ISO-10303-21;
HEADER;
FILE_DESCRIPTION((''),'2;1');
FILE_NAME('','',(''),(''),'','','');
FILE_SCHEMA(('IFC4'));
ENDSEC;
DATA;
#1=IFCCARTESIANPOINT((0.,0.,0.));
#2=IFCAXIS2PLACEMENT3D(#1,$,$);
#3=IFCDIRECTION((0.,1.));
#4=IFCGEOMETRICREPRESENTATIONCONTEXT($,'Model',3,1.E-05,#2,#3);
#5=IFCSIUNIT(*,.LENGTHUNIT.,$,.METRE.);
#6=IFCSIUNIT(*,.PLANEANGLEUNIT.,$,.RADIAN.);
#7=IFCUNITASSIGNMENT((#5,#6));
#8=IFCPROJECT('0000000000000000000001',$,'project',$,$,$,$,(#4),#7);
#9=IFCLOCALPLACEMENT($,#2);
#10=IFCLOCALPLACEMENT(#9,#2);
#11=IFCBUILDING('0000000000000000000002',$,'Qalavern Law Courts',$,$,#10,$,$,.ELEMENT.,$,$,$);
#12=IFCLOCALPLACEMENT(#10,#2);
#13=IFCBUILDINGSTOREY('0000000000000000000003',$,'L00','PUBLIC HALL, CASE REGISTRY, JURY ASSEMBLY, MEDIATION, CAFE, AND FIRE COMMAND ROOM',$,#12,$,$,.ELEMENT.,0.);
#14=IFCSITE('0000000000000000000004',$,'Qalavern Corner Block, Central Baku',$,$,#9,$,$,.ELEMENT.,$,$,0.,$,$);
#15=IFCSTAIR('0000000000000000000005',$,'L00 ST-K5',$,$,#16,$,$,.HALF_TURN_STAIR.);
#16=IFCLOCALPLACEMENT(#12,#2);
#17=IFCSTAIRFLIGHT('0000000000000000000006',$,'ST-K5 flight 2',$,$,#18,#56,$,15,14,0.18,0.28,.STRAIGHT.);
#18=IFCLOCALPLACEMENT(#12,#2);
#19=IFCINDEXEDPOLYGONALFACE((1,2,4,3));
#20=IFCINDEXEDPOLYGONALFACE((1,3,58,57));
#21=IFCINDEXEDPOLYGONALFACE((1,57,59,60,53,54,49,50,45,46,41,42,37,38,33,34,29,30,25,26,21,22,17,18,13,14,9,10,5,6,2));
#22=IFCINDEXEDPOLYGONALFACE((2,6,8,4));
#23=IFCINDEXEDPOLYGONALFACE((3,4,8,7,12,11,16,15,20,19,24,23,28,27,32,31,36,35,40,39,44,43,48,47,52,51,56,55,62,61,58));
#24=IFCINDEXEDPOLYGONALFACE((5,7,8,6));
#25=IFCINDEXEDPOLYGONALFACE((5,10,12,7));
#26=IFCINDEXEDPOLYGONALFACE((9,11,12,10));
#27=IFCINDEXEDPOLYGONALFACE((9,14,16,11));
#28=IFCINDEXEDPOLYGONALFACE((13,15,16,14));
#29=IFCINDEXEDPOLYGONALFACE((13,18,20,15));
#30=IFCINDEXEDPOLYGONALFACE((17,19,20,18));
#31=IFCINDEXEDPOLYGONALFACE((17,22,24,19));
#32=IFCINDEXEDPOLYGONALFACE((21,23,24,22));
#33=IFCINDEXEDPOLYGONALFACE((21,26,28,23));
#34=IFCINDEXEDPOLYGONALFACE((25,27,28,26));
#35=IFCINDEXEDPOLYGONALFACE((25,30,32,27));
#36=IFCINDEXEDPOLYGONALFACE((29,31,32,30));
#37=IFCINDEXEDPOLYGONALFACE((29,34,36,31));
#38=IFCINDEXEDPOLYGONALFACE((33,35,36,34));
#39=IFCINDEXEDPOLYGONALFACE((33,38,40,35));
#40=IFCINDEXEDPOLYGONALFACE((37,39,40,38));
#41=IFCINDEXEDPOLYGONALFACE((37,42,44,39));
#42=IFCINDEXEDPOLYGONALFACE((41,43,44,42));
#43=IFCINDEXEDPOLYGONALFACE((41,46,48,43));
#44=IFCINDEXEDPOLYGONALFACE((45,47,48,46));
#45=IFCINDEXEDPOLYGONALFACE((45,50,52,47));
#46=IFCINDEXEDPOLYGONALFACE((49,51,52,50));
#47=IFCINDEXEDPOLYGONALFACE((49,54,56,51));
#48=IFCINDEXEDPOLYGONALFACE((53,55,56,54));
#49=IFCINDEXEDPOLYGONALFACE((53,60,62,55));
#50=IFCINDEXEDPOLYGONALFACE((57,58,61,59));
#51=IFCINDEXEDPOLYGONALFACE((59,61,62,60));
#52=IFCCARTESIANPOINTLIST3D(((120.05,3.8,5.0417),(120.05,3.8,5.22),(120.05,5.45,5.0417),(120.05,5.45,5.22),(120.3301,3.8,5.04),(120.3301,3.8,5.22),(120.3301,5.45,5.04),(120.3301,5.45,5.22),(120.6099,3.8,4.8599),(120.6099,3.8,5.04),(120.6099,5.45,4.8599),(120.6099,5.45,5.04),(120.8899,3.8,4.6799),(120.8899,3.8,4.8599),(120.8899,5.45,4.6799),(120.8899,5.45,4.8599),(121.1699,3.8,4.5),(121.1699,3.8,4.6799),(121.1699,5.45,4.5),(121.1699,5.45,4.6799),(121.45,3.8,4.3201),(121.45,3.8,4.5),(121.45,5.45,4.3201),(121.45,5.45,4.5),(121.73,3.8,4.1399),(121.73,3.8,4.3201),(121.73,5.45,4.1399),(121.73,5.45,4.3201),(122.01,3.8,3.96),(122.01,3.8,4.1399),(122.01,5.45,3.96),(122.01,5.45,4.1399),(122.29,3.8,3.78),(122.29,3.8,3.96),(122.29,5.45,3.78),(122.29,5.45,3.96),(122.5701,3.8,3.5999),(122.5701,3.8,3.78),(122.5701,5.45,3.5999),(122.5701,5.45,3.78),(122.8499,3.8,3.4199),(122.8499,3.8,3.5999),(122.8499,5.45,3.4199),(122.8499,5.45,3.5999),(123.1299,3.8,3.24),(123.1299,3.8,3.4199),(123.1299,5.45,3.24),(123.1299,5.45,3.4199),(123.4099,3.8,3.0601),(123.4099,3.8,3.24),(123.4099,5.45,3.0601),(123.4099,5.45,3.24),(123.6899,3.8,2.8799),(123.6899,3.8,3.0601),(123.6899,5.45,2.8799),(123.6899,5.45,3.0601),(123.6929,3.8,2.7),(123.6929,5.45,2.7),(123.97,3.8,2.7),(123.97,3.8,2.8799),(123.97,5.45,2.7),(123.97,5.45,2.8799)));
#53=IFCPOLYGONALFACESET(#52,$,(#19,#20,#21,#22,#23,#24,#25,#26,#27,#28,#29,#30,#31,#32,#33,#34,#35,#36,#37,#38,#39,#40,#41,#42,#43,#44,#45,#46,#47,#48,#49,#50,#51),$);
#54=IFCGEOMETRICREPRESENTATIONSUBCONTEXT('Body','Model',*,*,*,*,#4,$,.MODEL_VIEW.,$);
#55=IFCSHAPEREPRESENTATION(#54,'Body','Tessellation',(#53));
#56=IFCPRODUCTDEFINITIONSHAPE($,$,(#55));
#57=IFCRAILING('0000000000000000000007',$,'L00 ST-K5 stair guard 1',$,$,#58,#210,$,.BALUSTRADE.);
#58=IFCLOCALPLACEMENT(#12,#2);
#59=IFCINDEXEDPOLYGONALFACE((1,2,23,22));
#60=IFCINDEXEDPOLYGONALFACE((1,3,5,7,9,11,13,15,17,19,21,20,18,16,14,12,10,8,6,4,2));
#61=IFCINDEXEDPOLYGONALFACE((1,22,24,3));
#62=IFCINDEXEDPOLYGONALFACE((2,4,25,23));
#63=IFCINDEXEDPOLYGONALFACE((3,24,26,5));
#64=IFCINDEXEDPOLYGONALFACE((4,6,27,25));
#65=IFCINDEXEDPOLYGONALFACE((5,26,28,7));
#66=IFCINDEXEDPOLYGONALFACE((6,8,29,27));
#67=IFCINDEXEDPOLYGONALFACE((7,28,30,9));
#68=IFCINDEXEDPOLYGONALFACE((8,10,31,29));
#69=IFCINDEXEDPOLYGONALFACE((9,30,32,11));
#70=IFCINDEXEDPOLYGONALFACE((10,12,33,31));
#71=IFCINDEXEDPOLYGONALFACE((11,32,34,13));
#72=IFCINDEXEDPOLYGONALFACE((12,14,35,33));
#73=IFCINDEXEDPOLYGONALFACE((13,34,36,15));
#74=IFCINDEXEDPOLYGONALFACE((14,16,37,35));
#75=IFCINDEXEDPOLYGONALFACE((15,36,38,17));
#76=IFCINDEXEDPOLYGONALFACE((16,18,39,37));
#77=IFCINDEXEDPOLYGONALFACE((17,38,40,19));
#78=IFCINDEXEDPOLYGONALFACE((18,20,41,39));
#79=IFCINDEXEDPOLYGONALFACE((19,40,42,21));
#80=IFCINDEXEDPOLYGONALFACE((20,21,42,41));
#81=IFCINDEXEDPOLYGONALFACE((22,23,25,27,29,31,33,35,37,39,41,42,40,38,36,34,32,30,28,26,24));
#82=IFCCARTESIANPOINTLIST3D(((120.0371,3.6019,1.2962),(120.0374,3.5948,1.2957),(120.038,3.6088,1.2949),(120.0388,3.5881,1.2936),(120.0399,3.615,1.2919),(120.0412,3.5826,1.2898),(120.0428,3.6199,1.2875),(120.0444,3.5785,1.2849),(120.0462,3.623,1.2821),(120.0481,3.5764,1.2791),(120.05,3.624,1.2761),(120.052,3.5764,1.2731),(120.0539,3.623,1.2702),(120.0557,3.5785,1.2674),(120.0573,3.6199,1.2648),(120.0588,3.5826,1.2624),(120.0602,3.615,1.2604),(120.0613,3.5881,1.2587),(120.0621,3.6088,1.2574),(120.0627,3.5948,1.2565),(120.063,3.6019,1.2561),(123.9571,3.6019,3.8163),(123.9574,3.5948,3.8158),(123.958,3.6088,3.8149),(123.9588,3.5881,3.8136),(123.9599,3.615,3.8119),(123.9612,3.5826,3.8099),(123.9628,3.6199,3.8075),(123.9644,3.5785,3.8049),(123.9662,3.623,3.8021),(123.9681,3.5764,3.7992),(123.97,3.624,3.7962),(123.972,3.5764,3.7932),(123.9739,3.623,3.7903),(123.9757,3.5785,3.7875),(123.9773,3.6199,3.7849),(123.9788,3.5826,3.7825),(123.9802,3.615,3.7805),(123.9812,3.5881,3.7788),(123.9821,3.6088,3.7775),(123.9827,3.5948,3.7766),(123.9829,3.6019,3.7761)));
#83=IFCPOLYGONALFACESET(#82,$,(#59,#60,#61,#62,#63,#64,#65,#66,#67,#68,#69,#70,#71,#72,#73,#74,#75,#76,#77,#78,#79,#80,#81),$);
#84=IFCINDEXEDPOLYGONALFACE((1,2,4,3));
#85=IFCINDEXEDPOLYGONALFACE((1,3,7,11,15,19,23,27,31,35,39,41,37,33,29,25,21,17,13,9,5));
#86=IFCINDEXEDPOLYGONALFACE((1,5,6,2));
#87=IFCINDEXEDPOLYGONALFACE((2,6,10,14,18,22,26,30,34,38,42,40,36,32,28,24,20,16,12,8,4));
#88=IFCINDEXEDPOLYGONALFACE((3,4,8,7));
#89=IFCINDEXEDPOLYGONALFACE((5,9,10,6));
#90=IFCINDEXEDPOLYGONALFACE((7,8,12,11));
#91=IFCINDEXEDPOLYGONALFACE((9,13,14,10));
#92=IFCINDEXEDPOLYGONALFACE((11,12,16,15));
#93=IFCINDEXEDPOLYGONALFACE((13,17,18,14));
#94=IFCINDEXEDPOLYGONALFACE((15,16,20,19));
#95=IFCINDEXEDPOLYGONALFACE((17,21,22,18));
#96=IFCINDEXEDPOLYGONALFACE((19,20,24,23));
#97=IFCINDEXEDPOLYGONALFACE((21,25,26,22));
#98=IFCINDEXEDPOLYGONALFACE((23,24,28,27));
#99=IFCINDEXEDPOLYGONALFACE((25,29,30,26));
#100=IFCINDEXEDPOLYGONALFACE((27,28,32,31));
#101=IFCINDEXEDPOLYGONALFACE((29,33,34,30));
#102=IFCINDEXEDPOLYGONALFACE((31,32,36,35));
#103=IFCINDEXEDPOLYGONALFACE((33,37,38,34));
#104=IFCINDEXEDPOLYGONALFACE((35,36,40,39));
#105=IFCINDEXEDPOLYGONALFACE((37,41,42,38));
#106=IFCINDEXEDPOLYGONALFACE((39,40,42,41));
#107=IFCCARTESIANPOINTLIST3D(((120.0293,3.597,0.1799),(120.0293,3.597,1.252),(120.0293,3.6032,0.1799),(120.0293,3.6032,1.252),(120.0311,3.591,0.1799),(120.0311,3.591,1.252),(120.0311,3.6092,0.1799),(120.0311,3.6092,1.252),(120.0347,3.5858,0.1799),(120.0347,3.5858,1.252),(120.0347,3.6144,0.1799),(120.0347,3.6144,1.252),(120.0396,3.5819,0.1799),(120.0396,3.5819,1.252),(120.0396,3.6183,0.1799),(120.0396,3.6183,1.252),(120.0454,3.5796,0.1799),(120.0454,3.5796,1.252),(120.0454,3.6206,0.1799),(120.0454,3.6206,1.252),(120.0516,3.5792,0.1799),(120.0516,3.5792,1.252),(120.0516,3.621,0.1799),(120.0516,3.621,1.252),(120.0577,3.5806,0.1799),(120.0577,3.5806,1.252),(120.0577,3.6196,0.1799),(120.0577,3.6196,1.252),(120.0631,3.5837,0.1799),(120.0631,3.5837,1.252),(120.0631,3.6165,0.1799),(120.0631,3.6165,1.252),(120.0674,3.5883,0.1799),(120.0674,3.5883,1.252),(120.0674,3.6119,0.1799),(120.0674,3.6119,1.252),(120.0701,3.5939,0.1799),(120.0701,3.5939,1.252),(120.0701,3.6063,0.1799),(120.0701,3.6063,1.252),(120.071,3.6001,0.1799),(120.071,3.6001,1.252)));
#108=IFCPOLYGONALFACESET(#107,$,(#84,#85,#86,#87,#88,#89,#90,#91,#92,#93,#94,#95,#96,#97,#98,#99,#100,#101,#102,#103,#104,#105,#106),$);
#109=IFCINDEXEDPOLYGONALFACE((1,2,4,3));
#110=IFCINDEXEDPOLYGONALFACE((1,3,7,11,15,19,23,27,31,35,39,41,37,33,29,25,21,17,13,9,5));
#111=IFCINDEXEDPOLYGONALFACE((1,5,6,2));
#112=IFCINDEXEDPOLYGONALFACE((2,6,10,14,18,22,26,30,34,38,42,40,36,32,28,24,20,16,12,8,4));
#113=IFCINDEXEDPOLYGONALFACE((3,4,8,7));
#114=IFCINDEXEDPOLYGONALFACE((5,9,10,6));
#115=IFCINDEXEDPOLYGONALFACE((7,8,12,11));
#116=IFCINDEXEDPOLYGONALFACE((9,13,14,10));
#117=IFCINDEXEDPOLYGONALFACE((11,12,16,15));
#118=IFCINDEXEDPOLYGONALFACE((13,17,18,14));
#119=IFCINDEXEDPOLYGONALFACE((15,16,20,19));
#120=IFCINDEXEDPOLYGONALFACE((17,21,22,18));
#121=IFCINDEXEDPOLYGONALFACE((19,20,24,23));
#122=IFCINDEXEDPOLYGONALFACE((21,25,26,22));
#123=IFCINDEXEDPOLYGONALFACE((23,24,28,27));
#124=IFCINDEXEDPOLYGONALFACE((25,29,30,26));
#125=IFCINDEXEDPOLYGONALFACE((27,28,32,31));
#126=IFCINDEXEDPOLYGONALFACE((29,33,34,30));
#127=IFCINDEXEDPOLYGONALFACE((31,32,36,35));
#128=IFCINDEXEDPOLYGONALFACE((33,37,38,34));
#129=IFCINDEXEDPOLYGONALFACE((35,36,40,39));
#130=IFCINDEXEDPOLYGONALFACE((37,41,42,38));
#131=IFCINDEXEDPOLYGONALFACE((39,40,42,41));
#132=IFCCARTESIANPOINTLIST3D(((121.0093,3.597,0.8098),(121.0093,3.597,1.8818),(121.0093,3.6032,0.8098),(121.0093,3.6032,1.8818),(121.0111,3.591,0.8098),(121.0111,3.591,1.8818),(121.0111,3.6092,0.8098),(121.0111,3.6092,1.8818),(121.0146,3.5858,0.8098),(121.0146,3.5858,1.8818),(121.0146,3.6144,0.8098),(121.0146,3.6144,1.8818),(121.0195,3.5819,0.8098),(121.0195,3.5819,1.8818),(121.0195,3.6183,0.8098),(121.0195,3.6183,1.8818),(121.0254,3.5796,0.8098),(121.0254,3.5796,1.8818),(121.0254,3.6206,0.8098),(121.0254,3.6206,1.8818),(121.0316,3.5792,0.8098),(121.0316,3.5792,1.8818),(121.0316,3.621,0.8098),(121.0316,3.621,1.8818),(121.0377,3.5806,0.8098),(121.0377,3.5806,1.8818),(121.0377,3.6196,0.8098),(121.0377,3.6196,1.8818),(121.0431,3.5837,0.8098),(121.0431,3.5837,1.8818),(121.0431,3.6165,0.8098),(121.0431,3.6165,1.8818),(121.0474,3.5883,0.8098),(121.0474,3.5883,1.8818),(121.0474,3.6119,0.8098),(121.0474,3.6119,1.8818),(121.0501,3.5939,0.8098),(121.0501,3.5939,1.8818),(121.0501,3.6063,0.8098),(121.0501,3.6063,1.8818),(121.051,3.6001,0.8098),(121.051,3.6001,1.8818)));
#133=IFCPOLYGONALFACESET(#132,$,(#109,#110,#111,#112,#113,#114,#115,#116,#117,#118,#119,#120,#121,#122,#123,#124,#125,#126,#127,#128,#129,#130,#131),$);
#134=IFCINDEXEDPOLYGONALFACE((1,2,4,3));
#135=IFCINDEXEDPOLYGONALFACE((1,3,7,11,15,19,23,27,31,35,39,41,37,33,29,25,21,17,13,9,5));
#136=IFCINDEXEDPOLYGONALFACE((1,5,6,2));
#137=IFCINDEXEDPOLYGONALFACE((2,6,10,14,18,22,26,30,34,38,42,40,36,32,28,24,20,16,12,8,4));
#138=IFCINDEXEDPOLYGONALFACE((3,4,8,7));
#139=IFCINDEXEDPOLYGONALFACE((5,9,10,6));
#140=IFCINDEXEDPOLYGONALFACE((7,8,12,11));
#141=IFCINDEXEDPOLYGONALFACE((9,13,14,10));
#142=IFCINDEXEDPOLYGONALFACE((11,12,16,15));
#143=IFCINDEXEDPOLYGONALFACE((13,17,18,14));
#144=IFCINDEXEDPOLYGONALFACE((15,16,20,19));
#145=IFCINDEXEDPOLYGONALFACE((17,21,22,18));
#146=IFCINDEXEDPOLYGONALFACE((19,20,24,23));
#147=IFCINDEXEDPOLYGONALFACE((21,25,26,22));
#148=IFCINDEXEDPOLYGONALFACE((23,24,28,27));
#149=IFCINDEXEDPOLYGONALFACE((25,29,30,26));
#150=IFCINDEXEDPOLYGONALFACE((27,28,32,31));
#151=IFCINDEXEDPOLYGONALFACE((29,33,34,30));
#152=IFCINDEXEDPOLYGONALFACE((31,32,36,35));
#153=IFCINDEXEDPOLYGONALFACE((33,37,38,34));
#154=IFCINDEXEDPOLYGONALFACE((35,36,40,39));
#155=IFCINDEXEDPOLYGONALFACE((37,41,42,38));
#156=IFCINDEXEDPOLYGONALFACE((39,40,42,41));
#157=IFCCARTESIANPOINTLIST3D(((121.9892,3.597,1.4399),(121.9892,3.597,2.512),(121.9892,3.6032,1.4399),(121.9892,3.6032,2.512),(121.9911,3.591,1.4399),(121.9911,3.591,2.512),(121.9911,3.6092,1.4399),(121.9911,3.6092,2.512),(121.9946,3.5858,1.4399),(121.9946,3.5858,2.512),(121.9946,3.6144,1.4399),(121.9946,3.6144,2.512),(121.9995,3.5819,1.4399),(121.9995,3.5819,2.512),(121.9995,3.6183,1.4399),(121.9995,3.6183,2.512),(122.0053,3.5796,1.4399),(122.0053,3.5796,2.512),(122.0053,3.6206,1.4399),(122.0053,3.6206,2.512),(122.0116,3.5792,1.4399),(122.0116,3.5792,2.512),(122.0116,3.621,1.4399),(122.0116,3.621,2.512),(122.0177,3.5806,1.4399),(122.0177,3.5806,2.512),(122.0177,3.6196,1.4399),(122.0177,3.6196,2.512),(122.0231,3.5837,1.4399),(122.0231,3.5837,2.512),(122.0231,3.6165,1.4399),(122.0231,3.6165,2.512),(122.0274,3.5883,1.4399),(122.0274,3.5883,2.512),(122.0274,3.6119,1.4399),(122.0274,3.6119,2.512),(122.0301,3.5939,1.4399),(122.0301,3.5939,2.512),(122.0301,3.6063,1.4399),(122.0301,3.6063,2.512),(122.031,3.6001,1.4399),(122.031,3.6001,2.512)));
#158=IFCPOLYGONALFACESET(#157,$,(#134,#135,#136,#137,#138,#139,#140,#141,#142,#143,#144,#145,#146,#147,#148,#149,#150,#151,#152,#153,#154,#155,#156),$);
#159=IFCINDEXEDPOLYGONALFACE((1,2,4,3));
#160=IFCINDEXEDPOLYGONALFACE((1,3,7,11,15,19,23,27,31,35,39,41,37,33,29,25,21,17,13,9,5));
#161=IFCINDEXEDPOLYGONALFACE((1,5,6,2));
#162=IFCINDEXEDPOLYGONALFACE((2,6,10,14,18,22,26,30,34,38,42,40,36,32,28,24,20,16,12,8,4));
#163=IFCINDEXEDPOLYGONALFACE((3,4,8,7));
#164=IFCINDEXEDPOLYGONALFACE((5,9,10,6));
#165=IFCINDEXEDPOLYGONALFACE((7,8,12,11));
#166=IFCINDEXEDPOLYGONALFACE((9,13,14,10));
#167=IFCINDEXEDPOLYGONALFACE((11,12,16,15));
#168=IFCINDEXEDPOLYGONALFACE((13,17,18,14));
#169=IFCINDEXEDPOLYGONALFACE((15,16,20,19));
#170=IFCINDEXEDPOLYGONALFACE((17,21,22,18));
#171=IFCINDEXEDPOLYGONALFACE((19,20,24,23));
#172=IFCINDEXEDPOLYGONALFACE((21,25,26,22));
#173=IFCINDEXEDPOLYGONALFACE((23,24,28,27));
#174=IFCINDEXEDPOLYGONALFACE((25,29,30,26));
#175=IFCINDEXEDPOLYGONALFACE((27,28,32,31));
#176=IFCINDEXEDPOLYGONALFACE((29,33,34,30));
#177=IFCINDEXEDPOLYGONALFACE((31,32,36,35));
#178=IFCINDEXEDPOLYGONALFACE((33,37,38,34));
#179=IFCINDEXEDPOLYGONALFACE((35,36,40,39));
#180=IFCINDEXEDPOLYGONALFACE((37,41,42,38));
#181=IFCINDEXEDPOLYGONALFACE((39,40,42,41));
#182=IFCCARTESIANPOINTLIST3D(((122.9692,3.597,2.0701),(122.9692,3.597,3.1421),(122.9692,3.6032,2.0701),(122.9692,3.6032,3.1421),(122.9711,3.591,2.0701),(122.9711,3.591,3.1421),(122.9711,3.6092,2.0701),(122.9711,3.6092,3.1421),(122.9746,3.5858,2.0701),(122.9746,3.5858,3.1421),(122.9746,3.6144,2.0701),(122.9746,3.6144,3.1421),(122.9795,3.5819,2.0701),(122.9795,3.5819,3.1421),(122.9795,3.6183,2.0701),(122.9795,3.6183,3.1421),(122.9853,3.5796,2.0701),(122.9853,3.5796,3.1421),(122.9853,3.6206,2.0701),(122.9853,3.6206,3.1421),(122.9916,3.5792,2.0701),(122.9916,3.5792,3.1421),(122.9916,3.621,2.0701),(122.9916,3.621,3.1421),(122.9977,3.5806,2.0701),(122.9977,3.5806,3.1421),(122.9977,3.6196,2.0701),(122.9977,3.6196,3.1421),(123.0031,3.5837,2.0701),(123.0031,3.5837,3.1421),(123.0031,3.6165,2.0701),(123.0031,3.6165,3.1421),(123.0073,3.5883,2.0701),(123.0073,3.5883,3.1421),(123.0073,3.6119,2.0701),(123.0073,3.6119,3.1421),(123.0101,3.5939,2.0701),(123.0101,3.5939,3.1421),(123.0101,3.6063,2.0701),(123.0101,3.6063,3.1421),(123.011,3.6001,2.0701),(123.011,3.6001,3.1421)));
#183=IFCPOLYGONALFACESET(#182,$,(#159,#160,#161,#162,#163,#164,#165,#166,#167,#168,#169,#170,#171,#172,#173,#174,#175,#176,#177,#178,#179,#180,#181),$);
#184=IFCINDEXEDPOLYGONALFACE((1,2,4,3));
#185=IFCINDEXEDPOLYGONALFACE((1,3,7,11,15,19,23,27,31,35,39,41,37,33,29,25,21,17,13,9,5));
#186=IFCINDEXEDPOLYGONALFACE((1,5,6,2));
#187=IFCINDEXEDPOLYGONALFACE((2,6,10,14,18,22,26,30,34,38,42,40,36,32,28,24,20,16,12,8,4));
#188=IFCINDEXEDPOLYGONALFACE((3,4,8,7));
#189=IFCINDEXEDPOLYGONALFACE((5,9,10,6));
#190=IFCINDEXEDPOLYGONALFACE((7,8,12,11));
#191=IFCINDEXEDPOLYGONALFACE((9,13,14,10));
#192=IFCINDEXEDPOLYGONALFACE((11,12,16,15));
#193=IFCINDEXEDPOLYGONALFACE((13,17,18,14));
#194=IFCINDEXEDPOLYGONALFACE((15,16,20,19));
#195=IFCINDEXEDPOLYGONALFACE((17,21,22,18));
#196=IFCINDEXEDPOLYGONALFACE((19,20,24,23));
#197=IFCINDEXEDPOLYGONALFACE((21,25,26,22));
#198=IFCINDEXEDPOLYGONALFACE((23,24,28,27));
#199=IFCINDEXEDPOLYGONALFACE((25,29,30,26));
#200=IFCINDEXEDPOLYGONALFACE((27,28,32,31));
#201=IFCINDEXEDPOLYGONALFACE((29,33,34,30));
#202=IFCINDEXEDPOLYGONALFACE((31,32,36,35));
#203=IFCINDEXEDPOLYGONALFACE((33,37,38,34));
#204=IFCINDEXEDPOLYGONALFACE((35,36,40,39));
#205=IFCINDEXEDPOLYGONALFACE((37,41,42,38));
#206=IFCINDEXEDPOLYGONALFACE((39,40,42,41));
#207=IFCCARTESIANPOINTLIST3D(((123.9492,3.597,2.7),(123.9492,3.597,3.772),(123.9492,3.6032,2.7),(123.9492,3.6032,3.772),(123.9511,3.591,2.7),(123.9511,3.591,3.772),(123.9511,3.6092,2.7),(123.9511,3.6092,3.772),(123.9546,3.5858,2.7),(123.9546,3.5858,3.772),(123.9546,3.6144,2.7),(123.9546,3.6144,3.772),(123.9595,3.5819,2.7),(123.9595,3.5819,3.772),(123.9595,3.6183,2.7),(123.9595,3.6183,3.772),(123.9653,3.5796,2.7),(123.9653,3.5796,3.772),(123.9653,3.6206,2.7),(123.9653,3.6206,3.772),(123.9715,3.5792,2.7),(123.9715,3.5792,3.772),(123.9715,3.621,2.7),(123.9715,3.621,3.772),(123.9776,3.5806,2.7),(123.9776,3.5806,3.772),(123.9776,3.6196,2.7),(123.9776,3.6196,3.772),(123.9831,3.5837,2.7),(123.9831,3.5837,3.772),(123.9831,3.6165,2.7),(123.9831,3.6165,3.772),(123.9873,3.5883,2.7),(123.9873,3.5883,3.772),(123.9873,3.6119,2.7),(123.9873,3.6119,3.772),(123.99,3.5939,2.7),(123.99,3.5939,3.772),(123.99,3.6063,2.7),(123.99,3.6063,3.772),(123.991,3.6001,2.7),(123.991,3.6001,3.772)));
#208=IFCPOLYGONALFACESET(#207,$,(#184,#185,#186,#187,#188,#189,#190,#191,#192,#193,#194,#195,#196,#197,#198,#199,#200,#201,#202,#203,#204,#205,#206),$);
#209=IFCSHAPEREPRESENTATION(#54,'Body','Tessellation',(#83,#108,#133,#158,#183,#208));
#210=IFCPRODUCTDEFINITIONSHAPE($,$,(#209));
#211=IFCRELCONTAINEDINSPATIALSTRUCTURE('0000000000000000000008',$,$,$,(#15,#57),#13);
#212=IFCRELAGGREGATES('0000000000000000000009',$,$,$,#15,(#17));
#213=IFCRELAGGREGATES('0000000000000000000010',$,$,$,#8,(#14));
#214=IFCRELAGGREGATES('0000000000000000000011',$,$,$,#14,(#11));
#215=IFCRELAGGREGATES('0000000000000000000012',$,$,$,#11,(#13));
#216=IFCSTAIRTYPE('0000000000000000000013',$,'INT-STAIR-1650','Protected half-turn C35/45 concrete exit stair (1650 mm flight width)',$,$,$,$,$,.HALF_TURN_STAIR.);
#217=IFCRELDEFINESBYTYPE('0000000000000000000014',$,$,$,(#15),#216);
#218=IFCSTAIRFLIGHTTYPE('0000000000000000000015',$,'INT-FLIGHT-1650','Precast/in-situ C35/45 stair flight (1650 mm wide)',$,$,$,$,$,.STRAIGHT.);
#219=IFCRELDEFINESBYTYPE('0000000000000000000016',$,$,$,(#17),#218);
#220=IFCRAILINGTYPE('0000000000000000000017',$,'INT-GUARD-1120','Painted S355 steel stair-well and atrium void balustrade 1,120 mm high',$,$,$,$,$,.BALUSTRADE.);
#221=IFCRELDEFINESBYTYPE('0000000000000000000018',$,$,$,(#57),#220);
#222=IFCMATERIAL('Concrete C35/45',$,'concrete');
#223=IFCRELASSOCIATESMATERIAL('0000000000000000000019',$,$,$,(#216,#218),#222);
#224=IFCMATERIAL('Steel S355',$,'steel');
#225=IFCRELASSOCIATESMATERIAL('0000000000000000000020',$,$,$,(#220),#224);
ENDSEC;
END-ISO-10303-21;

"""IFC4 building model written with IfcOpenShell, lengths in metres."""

from ifc_helpers import new_model, si_unit, direction, frame, origin, origin_2d, place, context, subcontext, project, spatial, polyline, circle, outline, extrude, material, type_object, element, aggregate, save


model = new_model("IFC4")

# Units and contexts
model_context = context("Model", 3, precision=1e-05, world=origin(), true_north=direction((0.0, 1.0)))
body_context = subcontext(model_context, "Body", "Model", "MODEL_VIEW")
ifc_project = project(units=[si_unit("LENGTHUNIT", "METRE"), si_unit("PLANEANGLEUNIT", "RADIAN")], contexts=[model_context])

# Site, building, storey
site_placement = place(None, origin())
site = spatial("IfcSite", under=ifc_project, at=site_placement, Name="Qalavern Corner Block, Central Baku", CompositionType="ELEMENT", RefElevation=0.0)
building_placement = place(site_placement, origin())
building = spatial("IfcBuilding", under=site, at=building_placement, Name="Qalavern Law Courts", CompositionType="ELEMENT")
storey_placement = place(building_placement, origin())
storey = spatial("IfcBuildingStorey", under=building, at=storey_placement, Name="L00", Description="PUBLIC HALL, CASE REGISTRY, JURY ASSEMBLY, MEDIATION, CAFE, AND FIRE COMMAND ROOM", CompositionType="ELEMENT", Elevation=0.0)

# Shared definitions
ifc_material_1 = material(Name="Steel S355", Category="steel")

# Stair, stair flight
ifc_material_2 = material(Name="Concrete C35/45", Category="concrete")
stair_type = type_object("IfcStairType", Name="INT-STAIR-1650", Description="Protected half-turn C35/45 concrete exit stair (1650 mm flight width)", PredefinedType="HALF_TURN_STAIR", material=ifc_material_2)
stair_placement = place(storey_placement, origin())
stair = element("IfcStair", 1, at=stair_placement, inside=storey, type_object=stair_type, Name="L00 ST-K5", PredefinedType="HALF_TURN_STAIR")
stair_flight_type = type_object("IfcStairFlightType", Name="INT-FLIGHT-1650", Description="Precast/in-situ C35/45 stair flight (1650 mm wide)", PredefinedType="STRAIGHT", material=ifc_material_2)
stair_flight_1_placement = place(storey_placement, frame((123.97, 4.625, 2.7), z_axis=(0.0, 0.0, 1.0), x_axis=(-1.0, 0.0, 0.0)))
stair_flight_1 = element("IfcStairFlight", 2, at=stair_flight_1_placement, type_object=stair_flight_type, Name="ST-K5 flight 2", NumberOfRisers=15, NumberOfTreads=14, PredefinedType="STRAIGHT", RiserHeight=0.18, TreadLength=0.28, context=body_context, shape_type="SweptSolid", body=[
    extrude(outline(polyline([(0.0, 0.0), (0.0, 0.1799), (0.28, 0.1799), (0.28, 0.3601), (0.5601, 0.3601), (0.5601, 0.54), (0.8401, 0.54), (0.8401, 0.72), (1.1201, 0.72), (1.1201, 0.8999), (1.3999, 0.8999), (1.3999, 1.0801), (1.6799, 1.0801), (1.6799, 1.26), (1.96, 1.26), (1.96, 1.4399), (2.24, 1.4399), (2.24, 1.6201), (2.52, 1.6201), (2.52, 1.8), (2.8, 1.8), (2.8, 1.98), (3.0801, 1.98), (3.0801, 2.1599), (3.3601, 2.1599), (3.3601, 2.3401), (3.6399, 2.3401), (3.6399, 2.52), (3.9199, 2.52), (3.9199, 2.7), (3.9199, 2.3418), (0.2771, 0.0), (0.0, 0.0)])), frame((0.0, 0.825, 0.0), z_axis=(0.0, -1.0, 0.0), x_axis=(1.0, 0.0, 0.0)), (0.0, 0.0, 1.0), 1.6499),
])
aggregate(stair, [stair_flight_1])

# Railing
railing_type_1 = type_object("IfcRailingType", Name="INT-GUARD-1120", Description="Painted S355 steel stair-well and atrium void balustrade 1,120 mm high", PredefinedType="BALUSTRADE", material=ifc_material_1)
railing_1_placement = place(storey_placement, frame((120.05, 3.6001, 0.1799)))
element("IfcRailing", 3, at=railing_1_placement, inside=storey, type_object=railing_type_1, Name="L00 ST-K5 stair guard 1", PredefinedType="BALUSTRADE", context=body_context, shape_type="SweptSolid", body=[
    extrude(circle(Radius=0.0239, at=origin_2d()), frame((0.0, 0.0, 1.0962), z_axis=(0.841172, 0.0, 0.540768), x_axis=(0.0, 1.0, 0.0)), (0.0, 0.0, 1.0), 4.6602),
    extrude(circle(Radius=0.021, at=origin_2d()), origin(), (0.0, 0.0, 1.0), 1.072),
    extrude(circle(Radius=0.021, at=origin_2d()), frame((0.98, 0.0, 0.6299)), (0.0, 0.0, 1.0), 1.072),
    extrude(circle(Radius=0.021, at=origin_2d()), frame((1.96, 0.0, 1.26)), (0.0, 0.0, 1.0), 1.072),
    extrude(circle(Radius=0.021, at=origin_2d()), frame((2.9399, 0.0, 1.8901)), (0.0, 0.0, 1.0), 1.072),
    extrude(circle(Radius=0.021, at=origin_2d()), frame((3.9199, 0.0, 2.52)), (0.0, 0.0, 1.0), 1.072),
])

save(model, "model.ifc")
